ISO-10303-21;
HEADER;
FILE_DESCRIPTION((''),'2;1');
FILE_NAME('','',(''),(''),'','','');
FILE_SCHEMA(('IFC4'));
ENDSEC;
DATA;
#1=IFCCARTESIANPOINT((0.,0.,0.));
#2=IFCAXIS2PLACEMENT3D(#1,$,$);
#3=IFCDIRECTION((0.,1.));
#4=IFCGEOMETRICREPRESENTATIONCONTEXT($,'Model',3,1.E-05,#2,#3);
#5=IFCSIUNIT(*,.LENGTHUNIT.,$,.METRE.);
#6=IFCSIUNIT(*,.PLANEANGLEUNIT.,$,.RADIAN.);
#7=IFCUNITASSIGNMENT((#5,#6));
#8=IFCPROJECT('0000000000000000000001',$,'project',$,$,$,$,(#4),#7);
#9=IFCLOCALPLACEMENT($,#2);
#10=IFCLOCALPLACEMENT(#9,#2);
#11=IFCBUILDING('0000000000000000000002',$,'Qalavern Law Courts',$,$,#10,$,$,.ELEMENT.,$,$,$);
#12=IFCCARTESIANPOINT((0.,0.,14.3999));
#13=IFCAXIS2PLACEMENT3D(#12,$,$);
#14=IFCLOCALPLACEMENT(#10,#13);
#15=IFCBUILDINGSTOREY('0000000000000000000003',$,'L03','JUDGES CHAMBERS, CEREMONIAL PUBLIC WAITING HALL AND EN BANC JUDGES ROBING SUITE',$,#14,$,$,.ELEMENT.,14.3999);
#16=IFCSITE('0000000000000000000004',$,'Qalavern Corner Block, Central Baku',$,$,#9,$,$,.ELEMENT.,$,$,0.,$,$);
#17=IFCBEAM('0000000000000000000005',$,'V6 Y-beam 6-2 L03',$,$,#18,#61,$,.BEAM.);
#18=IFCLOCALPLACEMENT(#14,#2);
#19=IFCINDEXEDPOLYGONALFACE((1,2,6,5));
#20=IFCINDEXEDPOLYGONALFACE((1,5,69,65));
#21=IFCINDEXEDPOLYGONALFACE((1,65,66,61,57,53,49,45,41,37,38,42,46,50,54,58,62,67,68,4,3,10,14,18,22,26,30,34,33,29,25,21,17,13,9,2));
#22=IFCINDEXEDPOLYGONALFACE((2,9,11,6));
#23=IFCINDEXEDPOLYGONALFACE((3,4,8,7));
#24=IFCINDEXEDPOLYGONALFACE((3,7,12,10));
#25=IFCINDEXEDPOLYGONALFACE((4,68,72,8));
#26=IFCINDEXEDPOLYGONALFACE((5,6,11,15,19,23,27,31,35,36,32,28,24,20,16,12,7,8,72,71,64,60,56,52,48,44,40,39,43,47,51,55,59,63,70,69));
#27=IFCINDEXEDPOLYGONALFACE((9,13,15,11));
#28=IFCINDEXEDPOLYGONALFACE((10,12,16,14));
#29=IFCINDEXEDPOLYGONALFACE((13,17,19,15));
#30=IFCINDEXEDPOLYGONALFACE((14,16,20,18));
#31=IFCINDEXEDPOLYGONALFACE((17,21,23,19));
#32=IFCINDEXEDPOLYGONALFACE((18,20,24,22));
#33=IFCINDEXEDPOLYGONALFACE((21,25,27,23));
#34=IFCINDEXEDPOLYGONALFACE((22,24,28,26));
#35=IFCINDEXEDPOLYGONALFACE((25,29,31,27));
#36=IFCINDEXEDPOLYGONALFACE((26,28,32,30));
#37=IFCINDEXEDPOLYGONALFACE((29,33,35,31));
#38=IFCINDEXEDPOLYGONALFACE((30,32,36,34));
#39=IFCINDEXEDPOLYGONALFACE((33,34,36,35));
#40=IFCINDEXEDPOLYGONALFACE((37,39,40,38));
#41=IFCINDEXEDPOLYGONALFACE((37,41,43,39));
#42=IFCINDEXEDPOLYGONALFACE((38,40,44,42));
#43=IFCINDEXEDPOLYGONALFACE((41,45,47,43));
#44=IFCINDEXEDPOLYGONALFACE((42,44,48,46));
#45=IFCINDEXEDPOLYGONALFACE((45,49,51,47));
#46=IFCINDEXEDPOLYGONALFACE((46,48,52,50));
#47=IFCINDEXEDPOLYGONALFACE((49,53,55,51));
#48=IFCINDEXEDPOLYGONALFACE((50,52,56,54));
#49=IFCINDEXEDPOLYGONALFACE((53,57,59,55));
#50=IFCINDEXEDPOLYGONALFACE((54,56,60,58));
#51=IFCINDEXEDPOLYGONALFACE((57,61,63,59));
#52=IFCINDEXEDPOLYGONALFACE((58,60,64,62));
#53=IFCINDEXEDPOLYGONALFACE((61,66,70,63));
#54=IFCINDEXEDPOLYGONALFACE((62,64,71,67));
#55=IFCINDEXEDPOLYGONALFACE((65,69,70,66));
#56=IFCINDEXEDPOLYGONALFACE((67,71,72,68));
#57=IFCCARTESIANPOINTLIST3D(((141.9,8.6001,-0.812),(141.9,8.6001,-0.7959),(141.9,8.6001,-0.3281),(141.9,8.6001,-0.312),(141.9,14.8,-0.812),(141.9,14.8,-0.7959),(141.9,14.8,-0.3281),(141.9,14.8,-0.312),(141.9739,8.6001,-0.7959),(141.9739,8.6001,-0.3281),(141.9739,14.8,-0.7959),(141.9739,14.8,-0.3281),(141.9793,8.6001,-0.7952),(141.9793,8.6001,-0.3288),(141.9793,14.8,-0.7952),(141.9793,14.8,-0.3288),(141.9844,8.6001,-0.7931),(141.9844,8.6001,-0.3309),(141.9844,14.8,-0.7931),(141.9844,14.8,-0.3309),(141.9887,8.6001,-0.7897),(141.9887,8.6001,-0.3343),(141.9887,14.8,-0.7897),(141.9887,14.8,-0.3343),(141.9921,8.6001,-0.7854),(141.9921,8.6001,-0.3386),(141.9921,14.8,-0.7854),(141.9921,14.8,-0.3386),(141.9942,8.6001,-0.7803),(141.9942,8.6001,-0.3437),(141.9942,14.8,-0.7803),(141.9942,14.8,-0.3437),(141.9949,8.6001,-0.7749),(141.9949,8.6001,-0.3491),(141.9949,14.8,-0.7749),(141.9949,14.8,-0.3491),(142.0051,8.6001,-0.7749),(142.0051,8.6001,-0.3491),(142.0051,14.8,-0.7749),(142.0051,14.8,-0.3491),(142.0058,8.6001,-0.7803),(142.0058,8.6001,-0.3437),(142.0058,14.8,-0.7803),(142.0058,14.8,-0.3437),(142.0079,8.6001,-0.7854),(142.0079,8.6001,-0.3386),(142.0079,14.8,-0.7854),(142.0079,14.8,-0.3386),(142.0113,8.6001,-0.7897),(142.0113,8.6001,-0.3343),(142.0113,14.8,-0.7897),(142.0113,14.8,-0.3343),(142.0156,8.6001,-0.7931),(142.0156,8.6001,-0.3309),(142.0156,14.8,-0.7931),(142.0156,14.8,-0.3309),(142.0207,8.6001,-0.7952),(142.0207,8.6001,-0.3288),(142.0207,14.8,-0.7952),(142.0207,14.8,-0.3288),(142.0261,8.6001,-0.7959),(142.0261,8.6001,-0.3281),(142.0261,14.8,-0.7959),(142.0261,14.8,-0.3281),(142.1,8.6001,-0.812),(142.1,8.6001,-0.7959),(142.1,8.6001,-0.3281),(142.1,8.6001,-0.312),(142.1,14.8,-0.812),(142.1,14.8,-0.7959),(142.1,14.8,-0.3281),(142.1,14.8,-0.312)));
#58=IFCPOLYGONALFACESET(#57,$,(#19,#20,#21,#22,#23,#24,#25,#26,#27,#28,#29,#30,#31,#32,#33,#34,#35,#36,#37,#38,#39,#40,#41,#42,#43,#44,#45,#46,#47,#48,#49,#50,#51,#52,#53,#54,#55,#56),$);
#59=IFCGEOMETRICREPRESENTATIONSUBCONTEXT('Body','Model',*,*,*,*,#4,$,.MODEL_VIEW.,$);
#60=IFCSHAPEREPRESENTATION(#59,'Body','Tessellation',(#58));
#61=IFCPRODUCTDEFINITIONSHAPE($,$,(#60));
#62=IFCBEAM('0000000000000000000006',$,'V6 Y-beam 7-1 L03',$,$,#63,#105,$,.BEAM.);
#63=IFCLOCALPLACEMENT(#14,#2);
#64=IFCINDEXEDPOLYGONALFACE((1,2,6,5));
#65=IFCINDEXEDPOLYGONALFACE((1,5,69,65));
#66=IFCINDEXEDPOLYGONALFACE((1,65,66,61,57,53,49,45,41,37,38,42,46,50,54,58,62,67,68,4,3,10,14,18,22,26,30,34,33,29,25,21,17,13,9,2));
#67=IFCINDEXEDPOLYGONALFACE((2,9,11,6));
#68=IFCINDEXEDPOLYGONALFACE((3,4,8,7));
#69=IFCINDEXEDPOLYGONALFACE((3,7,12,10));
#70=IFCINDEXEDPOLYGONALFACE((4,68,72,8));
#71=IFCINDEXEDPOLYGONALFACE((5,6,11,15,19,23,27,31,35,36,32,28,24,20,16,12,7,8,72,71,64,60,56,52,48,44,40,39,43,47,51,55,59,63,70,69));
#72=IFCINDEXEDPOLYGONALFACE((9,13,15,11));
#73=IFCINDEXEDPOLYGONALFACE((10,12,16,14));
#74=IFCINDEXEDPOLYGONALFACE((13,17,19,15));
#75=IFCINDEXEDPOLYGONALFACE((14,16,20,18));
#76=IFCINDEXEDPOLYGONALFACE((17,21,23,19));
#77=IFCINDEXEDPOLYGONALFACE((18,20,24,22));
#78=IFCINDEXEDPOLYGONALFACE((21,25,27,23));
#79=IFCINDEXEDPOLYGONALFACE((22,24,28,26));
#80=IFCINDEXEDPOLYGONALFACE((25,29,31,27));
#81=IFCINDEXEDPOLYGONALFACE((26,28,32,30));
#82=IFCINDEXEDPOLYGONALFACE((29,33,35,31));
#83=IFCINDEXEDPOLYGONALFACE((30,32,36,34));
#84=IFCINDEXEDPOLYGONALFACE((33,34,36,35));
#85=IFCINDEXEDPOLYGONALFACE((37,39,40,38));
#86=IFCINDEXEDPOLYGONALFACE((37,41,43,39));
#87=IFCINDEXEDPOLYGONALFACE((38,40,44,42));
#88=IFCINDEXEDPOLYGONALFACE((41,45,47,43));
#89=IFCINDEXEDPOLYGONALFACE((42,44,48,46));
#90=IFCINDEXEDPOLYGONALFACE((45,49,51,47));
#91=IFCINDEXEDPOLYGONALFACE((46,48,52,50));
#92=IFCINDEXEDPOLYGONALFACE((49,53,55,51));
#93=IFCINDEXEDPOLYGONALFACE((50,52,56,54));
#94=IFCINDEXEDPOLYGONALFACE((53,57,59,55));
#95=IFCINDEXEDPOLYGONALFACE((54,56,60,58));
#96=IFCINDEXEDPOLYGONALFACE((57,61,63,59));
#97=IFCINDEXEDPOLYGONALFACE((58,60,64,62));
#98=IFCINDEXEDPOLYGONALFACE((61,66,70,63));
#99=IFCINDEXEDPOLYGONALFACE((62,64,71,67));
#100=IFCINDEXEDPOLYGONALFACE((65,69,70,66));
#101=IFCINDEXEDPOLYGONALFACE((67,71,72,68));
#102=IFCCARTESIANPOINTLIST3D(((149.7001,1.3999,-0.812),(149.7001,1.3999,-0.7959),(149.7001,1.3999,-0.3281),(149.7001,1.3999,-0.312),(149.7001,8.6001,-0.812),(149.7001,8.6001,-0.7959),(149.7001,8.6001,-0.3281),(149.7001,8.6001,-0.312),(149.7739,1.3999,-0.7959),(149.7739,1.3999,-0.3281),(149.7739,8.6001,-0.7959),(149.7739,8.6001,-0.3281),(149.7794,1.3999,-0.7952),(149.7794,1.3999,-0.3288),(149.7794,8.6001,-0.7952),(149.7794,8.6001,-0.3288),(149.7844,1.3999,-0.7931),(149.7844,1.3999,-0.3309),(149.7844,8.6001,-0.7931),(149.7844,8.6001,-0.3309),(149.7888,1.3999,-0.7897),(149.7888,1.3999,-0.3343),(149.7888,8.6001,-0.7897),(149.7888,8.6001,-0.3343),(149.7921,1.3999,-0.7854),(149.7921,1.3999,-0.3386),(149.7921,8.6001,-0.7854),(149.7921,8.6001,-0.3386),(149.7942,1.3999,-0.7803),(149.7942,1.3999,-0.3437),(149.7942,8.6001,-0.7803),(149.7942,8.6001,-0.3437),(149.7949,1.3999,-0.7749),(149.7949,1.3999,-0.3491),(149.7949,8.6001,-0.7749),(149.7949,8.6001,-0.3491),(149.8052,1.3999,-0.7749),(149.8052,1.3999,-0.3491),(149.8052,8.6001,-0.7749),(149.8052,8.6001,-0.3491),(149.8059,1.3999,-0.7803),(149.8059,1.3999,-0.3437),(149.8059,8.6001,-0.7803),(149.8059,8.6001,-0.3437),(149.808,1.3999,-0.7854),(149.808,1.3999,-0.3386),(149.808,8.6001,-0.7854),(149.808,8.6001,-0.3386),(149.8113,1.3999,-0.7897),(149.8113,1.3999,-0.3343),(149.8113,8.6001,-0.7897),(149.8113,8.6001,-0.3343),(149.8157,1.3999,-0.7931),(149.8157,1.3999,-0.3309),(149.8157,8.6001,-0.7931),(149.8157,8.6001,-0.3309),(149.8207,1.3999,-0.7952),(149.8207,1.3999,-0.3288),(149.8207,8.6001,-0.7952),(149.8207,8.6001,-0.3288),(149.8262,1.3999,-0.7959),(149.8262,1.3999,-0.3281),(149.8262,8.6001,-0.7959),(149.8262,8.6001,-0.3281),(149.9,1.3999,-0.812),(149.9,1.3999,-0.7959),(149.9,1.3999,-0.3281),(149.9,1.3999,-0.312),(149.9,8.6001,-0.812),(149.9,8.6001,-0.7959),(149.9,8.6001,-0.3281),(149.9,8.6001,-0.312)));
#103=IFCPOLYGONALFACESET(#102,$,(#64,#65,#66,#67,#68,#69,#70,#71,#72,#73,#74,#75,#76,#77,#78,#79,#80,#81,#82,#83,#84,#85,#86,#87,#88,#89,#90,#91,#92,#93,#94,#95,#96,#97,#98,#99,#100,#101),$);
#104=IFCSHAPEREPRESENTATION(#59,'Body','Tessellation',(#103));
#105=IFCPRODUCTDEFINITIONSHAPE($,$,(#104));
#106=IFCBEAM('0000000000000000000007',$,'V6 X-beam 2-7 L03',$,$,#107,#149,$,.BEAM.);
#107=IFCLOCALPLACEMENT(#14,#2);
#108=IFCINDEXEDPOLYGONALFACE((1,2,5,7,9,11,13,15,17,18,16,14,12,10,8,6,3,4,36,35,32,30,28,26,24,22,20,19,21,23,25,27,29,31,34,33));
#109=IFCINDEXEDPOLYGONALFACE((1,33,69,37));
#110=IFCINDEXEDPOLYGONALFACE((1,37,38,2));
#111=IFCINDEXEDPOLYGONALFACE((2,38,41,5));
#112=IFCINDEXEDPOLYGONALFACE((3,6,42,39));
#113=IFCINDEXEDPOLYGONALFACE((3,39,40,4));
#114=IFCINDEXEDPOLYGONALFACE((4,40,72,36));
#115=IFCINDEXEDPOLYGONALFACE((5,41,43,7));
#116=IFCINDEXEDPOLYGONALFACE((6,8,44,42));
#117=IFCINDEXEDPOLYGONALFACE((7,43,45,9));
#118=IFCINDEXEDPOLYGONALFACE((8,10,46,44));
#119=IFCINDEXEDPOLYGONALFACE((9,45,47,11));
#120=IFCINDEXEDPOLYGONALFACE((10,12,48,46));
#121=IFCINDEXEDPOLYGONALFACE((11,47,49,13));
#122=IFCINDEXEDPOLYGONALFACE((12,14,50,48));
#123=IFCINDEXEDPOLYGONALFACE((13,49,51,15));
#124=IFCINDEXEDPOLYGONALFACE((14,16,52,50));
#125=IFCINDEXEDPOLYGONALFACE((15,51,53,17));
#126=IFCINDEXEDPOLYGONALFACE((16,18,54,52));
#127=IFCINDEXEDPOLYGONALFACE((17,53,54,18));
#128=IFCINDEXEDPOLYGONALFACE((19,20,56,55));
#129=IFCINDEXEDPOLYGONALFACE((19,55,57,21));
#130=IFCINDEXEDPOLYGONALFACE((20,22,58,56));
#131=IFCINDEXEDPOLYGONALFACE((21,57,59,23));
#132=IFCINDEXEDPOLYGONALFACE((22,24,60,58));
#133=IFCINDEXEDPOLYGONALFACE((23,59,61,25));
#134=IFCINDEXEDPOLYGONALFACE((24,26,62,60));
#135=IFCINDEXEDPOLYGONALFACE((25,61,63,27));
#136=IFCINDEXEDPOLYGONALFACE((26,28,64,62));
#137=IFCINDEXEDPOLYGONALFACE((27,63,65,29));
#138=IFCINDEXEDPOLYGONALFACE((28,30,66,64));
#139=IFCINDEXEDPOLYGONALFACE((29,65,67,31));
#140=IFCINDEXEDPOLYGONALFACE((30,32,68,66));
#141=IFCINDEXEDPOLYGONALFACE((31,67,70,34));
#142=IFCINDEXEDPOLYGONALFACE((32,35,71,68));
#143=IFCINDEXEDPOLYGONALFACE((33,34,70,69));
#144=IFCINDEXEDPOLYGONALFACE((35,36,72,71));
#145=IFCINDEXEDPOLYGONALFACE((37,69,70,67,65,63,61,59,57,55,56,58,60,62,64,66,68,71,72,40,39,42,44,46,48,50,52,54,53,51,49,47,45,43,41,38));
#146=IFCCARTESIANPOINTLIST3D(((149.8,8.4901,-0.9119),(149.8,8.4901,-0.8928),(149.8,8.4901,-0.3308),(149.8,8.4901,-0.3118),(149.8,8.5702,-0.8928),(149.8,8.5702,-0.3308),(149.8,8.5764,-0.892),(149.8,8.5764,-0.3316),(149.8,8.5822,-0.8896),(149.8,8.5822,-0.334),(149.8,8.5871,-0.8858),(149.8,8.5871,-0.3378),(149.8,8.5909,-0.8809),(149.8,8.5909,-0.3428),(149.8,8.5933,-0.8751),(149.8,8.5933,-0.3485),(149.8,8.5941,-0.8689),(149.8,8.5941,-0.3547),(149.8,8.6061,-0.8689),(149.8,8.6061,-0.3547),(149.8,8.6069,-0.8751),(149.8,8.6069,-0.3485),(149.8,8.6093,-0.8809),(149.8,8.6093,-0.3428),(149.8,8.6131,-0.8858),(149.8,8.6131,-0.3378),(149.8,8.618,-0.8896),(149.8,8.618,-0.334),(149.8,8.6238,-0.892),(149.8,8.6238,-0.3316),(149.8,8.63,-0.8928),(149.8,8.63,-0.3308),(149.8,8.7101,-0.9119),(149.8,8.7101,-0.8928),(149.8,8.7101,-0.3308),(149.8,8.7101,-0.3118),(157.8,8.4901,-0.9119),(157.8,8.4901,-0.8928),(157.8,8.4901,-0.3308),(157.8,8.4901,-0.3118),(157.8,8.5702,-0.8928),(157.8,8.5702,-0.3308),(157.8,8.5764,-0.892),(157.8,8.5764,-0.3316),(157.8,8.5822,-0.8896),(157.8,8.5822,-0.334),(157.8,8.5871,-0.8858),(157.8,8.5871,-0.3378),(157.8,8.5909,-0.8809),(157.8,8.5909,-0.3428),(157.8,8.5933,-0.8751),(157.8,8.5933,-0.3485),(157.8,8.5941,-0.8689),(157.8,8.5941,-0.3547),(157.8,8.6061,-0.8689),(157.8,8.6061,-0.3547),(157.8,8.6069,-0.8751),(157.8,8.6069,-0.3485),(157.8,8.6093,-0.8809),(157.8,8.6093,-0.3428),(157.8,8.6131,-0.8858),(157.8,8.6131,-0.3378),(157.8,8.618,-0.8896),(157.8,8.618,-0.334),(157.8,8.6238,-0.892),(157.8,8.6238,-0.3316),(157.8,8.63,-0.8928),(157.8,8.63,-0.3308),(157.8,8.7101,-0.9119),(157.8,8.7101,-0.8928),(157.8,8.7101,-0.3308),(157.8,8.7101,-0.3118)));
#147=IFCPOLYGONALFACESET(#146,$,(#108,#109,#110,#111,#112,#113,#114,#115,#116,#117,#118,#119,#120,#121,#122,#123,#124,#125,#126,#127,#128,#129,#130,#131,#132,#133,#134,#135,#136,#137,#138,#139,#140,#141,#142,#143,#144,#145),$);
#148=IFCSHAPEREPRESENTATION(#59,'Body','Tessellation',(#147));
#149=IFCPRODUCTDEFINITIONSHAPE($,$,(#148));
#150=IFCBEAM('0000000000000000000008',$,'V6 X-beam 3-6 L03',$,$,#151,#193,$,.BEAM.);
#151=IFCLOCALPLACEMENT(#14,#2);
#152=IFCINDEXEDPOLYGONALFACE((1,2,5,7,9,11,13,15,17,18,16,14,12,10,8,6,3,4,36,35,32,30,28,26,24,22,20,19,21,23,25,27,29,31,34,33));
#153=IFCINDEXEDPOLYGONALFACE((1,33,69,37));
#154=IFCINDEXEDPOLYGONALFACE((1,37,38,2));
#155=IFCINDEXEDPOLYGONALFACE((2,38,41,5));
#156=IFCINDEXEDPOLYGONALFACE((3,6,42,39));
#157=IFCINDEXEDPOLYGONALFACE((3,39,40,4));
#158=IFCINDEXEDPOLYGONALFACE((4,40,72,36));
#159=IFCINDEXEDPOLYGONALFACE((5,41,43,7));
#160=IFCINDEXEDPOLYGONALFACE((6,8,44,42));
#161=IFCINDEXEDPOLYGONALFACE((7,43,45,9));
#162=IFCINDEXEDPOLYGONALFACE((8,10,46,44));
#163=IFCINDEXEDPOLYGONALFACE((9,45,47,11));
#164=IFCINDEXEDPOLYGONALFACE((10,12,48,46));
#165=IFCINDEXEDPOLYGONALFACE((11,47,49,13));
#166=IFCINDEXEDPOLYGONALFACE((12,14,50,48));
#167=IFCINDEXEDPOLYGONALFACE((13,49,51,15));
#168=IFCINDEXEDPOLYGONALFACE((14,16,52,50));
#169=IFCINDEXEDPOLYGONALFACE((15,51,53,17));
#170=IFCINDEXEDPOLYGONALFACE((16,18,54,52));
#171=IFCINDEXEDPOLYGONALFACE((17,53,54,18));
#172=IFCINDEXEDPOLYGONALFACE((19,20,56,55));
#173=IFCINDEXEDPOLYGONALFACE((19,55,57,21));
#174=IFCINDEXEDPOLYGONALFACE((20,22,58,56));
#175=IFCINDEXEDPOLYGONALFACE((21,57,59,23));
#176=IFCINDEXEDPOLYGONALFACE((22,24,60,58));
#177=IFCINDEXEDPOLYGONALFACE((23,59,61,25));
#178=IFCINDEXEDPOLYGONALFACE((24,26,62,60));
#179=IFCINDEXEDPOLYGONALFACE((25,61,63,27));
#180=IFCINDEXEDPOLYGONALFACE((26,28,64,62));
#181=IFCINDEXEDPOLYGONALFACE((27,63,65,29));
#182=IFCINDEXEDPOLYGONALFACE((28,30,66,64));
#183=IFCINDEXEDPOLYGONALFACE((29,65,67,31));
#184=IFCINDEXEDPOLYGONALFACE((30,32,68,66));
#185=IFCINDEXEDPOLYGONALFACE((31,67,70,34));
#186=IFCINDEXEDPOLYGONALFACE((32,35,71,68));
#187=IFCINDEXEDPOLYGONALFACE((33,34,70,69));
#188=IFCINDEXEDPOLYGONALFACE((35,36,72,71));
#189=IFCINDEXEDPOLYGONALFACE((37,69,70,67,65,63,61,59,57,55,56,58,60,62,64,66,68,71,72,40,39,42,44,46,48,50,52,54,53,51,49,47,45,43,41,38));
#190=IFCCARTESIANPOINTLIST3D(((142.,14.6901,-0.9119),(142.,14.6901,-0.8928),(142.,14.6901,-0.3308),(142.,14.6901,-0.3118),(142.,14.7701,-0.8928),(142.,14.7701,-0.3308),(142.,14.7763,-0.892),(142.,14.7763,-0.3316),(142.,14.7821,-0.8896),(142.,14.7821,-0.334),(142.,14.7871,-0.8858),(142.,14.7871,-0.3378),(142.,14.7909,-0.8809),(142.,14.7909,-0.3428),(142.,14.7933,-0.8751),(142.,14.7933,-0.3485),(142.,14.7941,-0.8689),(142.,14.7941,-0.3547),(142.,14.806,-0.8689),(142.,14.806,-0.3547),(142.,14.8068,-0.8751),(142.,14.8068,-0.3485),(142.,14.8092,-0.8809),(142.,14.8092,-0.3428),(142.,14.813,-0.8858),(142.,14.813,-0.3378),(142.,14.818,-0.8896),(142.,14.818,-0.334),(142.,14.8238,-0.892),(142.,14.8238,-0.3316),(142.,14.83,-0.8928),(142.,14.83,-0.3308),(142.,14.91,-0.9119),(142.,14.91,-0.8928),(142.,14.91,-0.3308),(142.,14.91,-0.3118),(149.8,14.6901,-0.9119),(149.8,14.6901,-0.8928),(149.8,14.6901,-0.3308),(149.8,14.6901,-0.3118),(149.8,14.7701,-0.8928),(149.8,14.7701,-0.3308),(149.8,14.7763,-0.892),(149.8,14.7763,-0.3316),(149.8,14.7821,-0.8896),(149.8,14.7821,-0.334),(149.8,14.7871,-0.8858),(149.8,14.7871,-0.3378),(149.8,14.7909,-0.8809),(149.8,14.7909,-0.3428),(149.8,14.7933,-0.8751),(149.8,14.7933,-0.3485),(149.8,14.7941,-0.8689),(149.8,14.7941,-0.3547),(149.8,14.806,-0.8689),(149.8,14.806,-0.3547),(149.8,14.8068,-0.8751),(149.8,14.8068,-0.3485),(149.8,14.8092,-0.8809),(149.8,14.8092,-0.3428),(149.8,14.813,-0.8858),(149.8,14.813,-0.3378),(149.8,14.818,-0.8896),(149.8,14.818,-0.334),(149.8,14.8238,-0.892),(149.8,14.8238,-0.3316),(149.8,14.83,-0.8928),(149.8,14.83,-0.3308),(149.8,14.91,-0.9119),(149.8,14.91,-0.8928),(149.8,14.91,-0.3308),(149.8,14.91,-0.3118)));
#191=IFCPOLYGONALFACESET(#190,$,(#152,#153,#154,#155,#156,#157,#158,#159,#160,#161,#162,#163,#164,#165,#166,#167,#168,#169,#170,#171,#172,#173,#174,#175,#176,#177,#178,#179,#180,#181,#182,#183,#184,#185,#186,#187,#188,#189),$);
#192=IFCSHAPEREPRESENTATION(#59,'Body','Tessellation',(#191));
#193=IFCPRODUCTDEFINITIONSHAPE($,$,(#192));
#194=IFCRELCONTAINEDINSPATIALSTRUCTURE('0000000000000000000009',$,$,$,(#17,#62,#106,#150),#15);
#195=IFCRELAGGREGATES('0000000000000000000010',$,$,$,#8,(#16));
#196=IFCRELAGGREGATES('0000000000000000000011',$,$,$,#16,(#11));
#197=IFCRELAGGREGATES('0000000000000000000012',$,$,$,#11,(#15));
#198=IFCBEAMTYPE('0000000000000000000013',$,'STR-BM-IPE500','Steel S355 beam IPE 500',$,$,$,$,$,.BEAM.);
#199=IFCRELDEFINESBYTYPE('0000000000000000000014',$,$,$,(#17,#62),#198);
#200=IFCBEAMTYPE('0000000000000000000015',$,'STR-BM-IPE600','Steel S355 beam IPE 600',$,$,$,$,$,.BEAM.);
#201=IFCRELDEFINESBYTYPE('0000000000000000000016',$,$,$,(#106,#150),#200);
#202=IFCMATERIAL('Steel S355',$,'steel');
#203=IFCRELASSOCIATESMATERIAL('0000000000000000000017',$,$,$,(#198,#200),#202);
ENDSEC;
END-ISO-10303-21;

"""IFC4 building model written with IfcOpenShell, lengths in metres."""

from ifc_helpers import new_model, si_unit, direction, frame, origin, origin_2d, place, context, subcontext, project, spatial, i_section, extrude, material, material_profile, profile_set, type_object, element, save


model = new_model("IFC4")

# Units and contexts
model_context = context("Model", 3, precision=1e-05, world=origin(), true_north=direction((0.0, 1.0)))
body_context = subcontext(model_context, "Body", "Model", "MODEL_VIEW")
ifc_project = project(units=[si_unit("LENGTHUNIT", "METRE"), si_unit("PLANEANGLEUNIT", "RADIAN")], contexts=[model_context])

# Site, building, storey
site_placement = place(None, origin())
site = spatial("IfcSite", under=ifc_project, at=site_placement, Name="Qalavern Corner Block, Central Baku", CompositionType="ELEMENT", RefElevation=0.0)
building_placement = place(site_placement, origin())
building = spatial("IfcBuilding", under=site, at=building_placement, Name="Qalavern Law Courts", CompositionType="ELEMENT")
storey_placement = place(building_placement, frame((0.0, 0.0, 14.3999)))
storey = spatial("IfcBuildingStorey", under=building, at=storey_placement, Name="L03", Description="JUDGES CHAMBERS, CEREMONIAL PUBLIC WAITING HALL AND EN BANC JUDGES ROBING SUITE", CompositionType="ELEMENT", Elevation=14.3999)

# Beams
ifc_material_1 = material(Name="Steel S355", Category="steel")
ifc_material_profile_1 = material_profile(ifc_material_1, i_section(OverallWidth=0.2, OverallDepth=0.5, WebThickness=0.0103, FlangeThickness=0.0161, FilletRadius=0.021, at=origin_2d()), Name="IPE 500")
ifc_profile_set_1 = profile_set([ifc_material_profile_1], Name="Steel S355")
beam_type_1 = type_object("IfcBeamType", Name="STR-BM-IPE500", Description="Steel S355 beam IPE 500", PredefinedType="BEAM", material=ifc_profile_set_1)
beam_1_placement = place(storey_placement, frame((142.0, 8.6001, -0.562), z_axis=(0.0, 1.0, 0.0), x_axis=(-1.0, 0.0, 0.0)))
element("IfcBeam", 1, at=beam_1_placement, inside=storey, type_object=beam_type_1, Name="V6 Y-beam 6-2 L03", PredefinedType="BEAM", context=body_context, shape_type="SweptSolid", body=[
    extrude(i_section(OverallWidth=0.2, OverallDepth=0.5, WebThickness=0.0103, FlangeThickness=0.0161, FilletRadius=0.021, at=origin_2d()), origin(), (0.0, 0.0, 1.0), 6.2),
])
beam_2_placement = place(storey_placement, frame((149.8, 1.3999, -0.562), z_axis=(0.0, 1.0, 0.0), x_axis=(-1.0, 0.0, 0.0)))
element("IfcBeam", 2, at=beam_2_placement, inside=storey, type_object=beam_type_1, Name="V6 Y-beam 7-1 L03", PredefinedType="BEAM", context=body_context, shape_type="SweptSolid", body=[
    extrude(i_section(OverallWidth=0.2, OverallDepth=0.5, WebThickness=0.0103, FlangeThickness=0.0161, FilletRadius=0.021, at=origin_2d()), origin(), (0.0, 0.0, 1.0), 7.2002),
])
ifc_material_profile_2 = material_profile(ifc_material_1, i_section(OverallWidth=0.22, OverallDepth=0.6001, WebThickness=0.012, FlangeThickness=0.019, FilletRadius=0.0239, at=origin_2d()), Name="IPE 600")
ifc_profile_set_2 = profile_set([ifc_material_profile_2], Name="Steel S355")
beam_type_2 = type_object("IfcBeamType", Name="STR-BM-IPE600", Description="Steel S355 beam IPE 600", PredefinedType="BEAM", material=ifc_profile_set_2)
beam_3_placement = place(storey_placement, frame((149.8, 8.6001, -0.6118), z_axis=(1.0, 0.0, 0.0), x_axis=(0.0, 1.0, 0.0)))
element("IfcBeam", 3, at=beam_3_placement, inside=storey, type_object=beam_type_2, Name="V6 X-beam 2-7 L03", PredefinedType="BEAM", context=body_context, shape_type="SweptSolid", body=[
    extrude(i_section(OverallWidth=0.22, OverallDepth=0.6001, WebThickness=0.012, FlangeThickness=0.019, FilletRadius=0.0239, at=origin_2d()), origin(), (0.0, 0.0, 1.0), 8.0),
])
beam_4_placement = place(storey_placement, frame((142.0, 14.8, -0.6118), z_axis=(1.0, 0.0, 0.0), x_axis=(0.0, 1.0, 0.0)))
element("IfcBeam", 4, at=beam_4_placement, inside=storey, type_object=beam_type_2, Name="V6 X-beam 3-6 L03", PredefinedType="BEAM", context=body_context, shape_type="SweptSolid", body=[
    extrude(i_section(OverallWidth=0.22, OverallDepth=0.6001, WebThickness=0.012, FlangeThickness=0.019, FilletRadius=0.0239, at=origin_2d()), origin(), (0.0, 0.0, 1.0), 7.8),
])

save(model, "model.ifc")
